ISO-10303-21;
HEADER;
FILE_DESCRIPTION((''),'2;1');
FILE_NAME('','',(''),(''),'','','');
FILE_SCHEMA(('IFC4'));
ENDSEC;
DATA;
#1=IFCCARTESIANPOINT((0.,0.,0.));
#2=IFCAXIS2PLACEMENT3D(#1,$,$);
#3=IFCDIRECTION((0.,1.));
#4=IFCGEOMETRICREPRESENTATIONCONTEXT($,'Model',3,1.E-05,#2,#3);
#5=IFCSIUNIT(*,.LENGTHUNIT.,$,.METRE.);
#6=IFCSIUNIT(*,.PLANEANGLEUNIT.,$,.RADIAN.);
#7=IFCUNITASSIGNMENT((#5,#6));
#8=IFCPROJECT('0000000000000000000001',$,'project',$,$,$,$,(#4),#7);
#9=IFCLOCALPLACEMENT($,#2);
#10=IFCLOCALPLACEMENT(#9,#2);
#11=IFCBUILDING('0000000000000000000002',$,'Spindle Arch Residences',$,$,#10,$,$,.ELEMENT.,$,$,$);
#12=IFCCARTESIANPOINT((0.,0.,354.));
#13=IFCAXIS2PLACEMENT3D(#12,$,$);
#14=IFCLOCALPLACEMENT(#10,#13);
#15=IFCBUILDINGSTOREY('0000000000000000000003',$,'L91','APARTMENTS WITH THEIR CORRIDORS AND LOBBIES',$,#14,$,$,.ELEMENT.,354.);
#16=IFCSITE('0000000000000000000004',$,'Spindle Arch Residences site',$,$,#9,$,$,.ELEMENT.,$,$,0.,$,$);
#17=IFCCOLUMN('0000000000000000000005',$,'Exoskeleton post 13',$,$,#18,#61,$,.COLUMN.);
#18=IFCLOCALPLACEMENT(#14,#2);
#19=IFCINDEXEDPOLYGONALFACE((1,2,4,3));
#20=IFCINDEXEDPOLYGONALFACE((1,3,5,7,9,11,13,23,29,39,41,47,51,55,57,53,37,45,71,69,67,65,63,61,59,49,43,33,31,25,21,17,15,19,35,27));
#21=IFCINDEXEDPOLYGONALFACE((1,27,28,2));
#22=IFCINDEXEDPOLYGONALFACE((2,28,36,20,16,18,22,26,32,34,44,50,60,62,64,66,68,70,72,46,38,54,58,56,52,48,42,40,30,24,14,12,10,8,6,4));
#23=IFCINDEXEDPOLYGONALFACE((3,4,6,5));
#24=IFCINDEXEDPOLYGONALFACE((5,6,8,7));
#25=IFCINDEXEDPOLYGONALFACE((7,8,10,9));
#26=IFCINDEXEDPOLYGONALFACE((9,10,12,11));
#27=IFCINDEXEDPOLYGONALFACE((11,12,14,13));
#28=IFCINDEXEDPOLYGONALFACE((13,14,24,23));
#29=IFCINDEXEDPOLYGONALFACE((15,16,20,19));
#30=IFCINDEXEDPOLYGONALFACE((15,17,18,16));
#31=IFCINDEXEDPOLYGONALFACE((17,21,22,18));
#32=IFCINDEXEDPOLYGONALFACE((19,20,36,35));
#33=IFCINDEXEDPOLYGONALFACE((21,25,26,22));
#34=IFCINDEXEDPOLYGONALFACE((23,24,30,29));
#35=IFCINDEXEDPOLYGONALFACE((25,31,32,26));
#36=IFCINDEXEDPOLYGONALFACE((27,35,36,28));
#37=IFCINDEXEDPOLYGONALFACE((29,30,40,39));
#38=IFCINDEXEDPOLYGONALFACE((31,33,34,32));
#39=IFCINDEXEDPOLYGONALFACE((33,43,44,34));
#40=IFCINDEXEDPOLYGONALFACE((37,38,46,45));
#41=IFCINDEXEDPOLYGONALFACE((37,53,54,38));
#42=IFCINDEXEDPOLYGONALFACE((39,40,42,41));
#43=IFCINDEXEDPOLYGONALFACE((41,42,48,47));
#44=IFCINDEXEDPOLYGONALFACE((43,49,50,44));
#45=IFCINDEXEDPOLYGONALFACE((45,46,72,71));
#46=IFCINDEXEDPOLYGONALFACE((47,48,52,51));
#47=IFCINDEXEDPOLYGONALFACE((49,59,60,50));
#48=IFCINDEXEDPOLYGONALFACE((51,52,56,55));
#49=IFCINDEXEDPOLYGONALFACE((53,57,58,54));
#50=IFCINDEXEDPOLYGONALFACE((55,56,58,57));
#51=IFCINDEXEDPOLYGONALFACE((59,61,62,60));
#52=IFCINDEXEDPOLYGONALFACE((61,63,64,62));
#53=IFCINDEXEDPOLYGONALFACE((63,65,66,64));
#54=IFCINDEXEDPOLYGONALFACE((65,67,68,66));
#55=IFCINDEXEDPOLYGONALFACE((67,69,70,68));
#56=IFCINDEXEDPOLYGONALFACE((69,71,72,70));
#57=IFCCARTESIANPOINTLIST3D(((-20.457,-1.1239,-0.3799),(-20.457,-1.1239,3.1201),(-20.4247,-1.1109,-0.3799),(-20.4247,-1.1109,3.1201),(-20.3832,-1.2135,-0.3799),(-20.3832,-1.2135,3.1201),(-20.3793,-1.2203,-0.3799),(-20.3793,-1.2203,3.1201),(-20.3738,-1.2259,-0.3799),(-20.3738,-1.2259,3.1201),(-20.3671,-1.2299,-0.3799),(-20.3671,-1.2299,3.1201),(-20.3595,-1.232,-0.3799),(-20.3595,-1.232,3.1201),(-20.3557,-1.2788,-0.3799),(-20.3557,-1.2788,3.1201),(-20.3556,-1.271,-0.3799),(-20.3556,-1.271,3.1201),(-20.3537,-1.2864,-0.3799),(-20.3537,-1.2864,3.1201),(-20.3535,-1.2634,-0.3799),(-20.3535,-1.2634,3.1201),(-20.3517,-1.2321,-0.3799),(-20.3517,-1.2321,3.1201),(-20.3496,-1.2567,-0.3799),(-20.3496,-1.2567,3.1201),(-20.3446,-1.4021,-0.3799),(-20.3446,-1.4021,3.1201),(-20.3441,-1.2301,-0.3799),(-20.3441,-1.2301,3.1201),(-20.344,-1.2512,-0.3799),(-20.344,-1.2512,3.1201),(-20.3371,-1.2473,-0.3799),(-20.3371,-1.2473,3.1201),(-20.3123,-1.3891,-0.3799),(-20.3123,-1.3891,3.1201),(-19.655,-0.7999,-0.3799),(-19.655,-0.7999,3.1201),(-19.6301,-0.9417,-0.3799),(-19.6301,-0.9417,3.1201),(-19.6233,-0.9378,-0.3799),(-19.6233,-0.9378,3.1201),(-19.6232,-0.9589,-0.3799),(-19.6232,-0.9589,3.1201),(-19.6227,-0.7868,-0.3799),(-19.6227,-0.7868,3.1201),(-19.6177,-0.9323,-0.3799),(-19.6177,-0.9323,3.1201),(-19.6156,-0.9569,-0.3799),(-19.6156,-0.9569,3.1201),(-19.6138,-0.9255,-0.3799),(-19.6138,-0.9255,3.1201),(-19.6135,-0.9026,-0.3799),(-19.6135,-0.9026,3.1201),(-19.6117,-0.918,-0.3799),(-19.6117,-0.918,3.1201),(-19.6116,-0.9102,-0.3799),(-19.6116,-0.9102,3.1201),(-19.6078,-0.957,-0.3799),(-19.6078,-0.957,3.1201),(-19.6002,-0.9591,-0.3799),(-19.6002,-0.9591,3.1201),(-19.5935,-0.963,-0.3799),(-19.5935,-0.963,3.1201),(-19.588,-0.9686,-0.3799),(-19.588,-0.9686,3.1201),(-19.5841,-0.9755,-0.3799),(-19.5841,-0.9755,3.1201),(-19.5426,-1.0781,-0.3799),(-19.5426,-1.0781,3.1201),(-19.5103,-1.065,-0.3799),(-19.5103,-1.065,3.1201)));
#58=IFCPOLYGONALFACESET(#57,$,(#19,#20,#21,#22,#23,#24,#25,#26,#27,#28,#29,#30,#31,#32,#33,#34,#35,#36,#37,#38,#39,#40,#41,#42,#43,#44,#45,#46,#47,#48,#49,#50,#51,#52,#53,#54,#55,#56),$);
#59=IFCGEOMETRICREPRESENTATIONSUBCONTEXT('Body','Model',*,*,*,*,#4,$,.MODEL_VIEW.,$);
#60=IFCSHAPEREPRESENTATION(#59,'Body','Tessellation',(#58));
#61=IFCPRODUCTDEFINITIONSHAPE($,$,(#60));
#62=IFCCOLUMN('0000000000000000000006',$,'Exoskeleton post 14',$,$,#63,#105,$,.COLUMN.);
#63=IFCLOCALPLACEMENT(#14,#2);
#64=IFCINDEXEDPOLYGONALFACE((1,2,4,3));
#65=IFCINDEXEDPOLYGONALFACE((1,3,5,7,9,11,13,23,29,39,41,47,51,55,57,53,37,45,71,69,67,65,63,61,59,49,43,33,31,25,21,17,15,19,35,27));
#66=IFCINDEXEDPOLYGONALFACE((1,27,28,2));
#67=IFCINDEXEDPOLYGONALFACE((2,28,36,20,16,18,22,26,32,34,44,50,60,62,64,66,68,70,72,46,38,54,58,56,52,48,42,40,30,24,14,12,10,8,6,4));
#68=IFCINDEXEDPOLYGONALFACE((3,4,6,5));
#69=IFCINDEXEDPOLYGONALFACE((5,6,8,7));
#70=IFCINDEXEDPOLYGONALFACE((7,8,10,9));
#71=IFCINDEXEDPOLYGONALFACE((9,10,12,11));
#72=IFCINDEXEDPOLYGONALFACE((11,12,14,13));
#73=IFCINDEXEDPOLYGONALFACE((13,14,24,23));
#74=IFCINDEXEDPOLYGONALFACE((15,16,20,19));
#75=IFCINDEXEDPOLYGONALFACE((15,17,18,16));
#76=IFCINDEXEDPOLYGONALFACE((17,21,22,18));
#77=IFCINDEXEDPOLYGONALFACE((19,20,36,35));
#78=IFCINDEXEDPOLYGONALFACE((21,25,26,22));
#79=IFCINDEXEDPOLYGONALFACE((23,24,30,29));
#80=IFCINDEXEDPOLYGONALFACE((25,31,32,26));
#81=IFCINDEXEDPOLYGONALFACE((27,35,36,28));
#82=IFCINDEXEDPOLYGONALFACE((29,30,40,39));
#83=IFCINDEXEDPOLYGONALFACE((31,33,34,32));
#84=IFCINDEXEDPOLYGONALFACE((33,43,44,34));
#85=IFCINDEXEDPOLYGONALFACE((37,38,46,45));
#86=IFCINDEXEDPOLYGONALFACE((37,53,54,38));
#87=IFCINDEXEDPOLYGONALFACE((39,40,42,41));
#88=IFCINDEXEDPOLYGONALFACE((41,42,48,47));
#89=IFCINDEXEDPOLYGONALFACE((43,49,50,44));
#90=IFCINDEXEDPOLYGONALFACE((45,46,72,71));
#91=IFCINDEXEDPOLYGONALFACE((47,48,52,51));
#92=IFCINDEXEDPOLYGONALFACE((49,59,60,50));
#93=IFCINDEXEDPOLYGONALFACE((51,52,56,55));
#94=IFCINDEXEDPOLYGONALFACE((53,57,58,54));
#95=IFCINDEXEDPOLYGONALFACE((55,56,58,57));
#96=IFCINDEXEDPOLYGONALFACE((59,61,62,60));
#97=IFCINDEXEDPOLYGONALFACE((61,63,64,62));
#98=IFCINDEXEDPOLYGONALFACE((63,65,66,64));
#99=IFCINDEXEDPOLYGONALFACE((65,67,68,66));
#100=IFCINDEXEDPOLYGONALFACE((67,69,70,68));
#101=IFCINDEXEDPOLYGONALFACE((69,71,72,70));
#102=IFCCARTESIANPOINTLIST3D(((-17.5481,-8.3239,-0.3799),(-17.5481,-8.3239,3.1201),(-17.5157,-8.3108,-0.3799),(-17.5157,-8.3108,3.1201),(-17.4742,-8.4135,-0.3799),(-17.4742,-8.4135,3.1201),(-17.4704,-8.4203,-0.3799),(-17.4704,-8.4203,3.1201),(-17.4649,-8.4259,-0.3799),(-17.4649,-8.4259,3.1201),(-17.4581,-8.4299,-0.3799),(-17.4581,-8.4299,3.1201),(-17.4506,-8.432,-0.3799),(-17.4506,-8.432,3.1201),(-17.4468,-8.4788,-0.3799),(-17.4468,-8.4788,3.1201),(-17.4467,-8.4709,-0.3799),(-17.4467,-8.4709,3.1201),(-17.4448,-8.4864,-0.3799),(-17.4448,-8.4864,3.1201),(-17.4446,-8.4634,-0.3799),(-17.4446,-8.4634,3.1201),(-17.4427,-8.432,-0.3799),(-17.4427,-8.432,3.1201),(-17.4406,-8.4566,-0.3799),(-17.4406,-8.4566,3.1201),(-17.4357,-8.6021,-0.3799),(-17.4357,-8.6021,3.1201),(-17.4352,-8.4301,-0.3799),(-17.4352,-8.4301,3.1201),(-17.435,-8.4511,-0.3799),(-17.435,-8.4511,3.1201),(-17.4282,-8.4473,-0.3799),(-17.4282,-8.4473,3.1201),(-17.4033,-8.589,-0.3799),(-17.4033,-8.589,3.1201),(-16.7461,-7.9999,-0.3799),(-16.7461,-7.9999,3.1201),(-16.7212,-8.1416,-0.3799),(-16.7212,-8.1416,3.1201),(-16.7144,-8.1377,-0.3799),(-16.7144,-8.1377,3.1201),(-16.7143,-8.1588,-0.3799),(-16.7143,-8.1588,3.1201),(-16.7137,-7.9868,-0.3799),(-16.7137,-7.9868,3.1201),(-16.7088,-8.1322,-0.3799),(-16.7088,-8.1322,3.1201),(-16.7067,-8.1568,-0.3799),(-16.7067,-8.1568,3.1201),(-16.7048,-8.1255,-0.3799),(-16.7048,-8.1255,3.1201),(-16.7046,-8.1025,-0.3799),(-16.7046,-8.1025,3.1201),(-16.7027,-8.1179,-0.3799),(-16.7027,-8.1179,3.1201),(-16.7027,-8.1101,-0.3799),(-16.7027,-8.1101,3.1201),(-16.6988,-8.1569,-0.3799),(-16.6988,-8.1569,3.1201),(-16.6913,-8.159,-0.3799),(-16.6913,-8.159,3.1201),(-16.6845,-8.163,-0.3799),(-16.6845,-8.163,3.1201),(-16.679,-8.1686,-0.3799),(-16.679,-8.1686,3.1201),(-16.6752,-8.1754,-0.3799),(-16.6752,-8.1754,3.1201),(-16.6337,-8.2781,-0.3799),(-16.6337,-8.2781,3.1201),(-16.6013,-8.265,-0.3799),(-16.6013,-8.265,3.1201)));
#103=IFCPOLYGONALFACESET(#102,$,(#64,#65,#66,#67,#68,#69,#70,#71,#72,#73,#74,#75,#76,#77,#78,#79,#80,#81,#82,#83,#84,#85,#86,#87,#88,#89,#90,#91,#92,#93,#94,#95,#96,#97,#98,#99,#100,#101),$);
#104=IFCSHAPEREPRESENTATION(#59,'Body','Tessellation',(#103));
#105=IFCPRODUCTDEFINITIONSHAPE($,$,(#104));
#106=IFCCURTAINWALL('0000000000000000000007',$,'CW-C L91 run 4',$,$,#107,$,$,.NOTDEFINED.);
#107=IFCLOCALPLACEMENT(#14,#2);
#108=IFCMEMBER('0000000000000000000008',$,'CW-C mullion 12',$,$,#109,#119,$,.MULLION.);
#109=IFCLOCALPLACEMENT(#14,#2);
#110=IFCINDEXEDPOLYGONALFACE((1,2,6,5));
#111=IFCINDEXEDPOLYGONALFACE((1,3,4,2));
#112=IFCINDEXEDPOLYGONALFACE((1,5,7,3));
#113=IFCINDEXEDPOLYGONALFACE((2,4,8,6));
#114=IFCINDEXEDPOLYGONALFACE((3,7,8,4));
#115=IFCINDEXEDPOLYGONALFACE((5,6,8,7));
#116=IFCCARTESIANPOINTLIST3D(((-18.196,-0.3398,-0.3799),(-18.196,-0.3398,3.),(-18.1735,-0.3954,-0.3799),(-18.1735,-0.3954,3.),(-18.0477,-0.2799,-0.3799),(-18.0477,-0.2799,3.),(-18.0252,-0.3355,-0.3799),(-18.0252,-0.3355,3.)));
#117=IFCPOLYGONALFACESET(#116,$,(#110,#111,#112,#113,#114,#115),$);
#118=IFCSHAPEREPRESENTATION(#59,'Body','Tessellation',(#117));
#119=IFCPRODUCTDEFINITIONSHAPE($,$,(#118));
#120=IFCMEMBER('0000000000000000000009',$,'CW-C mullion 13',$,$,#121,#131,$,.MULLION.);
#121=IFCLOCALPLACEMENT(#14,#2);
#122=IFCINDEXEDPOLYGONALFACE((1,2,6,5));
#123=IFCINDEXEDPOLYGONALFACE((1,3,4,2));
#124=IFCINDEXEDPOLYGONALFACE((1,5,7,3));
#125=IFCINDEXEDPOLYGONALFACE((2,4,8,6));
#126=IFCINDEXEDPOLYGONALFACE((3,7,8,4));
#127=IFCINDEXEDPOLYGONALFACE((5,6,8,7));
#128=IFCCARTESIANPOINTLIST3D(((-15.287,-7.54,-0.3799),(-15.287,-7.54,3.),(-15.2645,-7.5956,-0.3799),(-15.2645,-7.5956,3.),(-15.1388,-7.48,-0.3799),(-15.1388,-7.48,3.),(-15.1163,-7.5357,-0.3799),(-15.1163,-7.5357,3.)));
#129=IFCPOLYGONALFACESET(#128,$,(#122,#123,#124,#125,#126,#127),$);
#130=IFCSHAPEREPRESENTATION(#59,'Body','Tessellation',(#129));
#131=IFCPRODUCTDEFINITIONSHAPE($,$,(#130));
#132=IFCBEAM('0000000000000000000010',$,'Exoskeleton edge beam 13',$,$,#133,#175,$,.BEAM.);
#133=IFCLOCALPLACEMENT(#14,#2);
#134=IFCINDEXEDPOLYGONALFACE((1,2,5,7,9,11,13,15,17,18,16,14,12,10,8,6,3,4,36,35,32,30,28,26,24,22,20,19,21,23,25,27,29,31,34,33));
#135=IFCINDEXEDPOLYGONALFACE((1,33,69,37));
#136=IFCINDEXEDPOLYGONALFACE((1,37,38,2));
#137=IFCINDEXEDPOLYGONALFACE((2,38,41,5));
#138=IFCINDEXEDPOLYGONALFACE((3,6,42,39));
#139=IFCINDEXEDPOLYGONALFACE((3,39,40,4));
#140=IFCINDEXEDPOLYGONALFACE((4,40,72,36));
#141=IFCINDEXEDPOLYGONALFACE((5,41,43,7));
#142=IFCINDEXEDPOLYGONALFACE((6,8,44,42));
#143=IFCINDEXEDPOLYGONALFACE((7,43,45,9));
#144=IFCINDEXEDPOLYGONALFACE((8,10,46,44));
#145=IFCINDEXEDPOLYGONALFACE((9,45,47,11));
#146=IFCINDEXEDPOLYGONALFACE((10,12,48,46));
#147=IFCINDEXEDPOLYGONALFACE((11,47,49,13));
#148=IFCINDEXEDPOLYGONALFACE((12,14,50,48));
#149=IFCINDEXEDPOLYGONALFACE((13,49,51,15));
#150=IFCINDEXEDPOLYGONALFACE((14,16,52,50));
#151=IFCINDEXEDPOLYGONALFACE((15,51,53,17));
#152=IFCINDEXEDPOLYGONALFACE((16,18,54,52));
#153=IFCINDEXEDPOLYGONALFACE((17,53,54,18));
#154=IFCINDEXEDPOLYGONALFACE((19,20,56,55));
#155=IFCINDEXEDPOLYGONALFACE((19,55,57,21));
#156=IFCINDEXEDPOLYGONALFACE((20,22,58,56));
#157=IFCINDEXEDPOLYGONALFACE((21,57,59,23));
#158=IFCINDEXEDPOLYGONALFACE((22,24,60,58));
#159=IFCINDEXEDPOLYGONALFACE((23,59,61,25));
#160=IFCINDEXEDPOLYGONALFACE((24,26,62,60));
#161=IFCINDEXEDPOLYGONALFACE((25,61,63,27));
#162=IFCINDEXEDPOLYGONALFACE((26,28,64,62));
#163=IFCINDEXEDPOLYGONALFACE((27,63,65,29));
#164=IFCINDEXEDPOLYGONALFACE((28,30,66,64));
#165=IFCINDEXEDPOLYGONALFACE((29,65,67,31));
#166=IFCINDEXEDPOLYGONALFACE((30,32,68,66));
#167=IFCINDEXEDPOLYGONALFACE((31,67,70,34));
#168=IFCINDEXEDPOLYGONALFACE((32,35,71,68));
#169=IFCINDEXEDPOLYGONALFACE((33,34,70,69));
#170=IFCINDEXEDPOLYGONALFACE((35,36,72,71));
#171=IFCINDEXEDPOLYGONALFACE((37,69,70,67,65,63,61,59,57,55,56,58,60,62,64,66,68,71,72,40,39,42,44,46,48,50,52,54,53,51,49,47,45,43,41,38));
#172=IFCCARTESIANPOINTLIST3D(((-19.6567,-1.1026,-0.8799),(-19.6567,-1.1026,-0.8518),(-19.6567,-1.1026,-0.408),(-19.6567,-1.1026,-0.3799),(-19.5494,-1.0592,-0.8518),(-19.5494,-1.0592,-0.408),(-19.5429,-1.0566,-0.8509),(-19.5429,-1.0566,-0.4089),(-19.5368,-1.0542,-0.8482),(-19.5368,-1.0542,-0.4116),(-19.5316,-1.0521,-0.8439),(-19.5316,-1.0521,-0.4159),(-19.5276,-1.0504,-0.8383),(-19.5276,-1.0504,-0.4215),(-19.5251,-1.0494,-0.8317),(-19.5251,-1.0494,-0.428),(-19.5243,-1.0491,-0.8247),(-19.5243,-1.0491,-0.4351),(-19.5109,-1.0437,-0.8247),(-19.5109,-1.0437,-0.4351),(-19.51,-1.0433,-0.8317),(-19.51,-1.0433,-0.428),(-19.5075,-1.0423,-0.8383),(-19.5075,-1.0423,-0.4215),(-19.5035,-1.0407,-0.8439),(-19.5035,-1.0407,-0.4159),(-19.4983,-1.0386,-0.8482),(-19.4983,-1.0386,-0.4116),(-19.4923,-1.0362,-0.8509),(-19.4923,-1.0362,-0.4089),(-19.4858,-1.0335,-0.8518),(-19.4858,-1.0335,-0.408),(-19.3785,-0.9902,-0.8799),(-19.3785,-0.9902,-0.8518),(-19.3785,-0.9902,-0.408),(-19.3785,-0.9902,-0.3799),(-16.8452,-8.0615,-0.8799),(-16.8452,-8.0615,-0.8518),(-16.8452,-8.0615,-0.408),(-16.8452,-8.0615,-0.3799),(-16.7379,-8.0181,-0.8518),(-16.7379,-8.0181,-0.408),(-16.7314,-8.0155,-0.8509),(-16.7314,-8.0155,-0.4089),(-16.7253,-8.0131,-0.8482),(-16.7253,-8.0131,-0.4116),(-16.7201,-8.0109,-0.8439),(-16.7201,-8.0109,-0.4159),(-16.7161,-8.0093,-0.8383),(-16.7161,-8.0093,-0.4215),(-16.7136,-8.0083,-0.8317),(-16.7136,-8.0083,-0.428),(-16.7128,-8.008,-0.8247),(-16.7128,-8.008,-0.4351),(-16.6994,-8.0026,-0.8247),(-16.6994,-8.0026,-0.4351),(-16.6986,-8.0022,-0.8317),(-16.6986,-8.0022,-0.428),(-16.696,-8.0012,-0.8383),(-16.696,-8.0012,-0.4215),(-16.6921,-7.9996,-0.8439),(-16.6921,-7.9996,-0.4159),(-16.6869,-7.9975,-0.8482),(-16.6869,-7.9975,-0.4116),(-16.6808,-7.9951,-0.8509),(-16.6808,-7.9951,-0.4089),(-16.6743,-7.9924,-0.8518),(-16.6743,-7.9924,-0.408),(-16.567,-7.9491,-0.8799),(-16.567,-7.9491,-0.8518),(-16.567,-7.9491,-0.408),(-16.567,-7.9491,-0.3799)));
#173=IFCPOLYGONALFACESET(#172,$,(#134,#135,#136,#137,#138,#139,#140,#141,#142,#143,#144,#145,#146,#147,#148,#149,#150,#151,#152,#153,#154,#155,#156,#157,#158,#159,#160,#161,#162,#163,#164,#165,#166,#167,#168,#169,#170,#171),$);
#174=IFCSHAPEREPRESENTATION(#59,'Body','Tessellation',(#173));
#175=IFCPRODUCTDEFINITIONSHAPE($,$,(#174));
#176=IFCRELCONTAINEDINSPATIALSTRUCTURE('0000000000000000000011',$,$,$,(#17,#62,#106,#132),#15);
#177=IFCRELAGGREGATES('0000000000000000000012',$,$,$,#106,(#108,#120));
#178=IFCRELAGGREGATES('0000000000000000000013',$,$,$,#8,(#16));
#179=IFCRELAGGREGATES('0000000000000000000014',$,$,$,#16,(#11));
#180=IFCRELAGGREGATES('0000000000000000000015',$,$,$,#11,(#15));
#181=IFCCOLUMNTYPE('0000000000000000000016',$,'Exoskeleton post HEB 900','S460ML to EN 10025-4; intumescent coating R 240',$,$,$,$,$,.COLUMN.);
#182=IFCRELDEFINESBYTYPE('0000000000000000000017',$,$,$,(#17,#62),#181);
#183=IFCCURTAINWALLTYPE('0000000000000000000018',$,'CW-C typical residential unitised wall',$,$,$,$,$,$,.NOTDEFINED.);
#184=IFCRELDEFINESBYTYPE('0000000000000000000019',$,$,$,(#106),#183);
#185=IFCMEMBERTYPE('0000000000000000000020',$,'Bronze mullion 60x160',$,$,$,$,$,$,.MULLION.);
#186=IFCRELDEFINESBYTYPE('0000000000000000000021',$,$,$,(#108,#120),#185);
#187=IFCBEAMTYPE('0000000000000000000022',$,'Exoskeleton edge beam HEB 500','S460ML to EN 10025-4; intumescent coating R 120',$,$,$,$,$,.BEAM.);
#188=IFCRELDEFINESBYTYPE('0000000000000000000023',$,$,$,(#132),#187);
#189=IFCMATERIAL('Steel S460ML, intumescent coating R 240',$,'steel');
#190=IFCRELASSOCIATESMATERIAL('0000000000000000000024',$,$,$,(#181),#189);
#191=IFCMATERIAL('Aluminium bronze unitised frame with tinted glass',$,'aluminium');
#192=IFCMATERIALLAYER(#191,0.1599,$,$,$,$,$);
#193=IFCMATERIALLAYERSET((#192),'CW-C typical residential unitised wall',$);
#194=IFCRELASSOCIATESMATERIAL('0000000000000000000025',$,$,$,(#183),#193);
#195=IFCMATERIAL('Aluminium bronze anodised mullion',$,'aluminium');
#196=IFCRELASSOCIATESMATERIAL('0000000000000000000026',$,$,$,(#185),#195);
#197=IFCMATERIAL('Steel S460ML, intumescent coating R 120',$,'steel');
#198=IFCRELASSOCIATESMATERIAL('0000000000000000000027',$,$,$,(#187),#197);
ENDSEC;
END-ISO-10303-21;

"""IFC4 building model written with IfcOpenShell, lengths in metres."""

from ifc_helpers import new_model, si_unit, direction, frame, origin, origin_2d, place, context, subcontext, project, spatial, rectangle, i_section, extrude, material, layer, layer_set, material_profile, profile_set, type_object, element, aggregate, save


model = new_model("IFC4")

# Units and contexts
model_context = context("Model", 3, precision=1e-05, world=origin(), true_north=direction((0.0, 1.0)))
body_context = subcontext(model_context, "Body", "Model", "MODEL_VIEW")
ifc_project = project(units=[si_unit("LENGTHUNIT", "METRE"), si_unit("PLANEANGLEUNIT", "RADIAN")], contexts=[model_context])

# Site, building, storey
site_placement = place(None, origin())
site = spatial("IfcSite", under=ifc_project, at=site_placement, Name="Spindle Arch Residences site", CompositionType="ELEMENT", RefElevation=0.0)
building_placement = place(site_placement, origin())
building = spatial("IfcBuilding", under=site, at=building_placement, Name="Spindle Arch Residences", CompositionType="ELEMENT")
storey_placement = place(building_placement, frame((0.0, 0.0, 354.0)))
storey = spatial("IfcBuildingStorey", under=building, at=storey_placement, Name="L91", Description="APARTMENTS WITH THEIR CORRIDORS AND LOBBIES", CompositionType="ELEMENT", Elevation=354.0)

# Columns
ifc_material_1 = material(Name="Steel S460ML, intumescent coating R 240", Category="steel")
ifc_material_profile_1 = material_profile(ifc_material_1, i_section(OverallWidth=0.3, OverallDepth=0.8999, WebThickness=0.0186, FlangeThickness=0.0349, FilletRadius=0.03, at=origin_2d()), Name="HEB 900")
ifc_profile_set_1 = profile_set([ifc_material_profile_1], Name="Steel S460ML, intumescent coating R 240")
column_type = type_object("IfcColumnType", Name="Exoskeleton post HEB 900", Description="S460ML to EN 10025-4; intumescent coating R 240", PredefinedType="COLUMN", material=ifc_profile_set_1)
for number, where, z_axis, x_axis, name in (
    (1, (-19.9836, -1.0945, -0.3799), (0.0, 0.0, 1.0), (-0.374607, 0.927184, 0.0), "Exoskeleton post 13"),
    (2, (-17.0747, -8.2944, -0.3799), (0.0, 0.0, 1.0), (-0.374607, 0.927184, 0.0), "Exoskeleton post 14"),
):
    element("IfcColumn", number, at=place(storey_placement, frame(where, z_axis=z_axis, x_axis=x_axis)), inside=storey, type_object=column_type, Name=name, PredefinedType="COLUMN", context=body_context, shape_type="SweptSolid", body=[
        extrude(i_section(OverallWidth=0.3, OverallDepth=0.8999, WebThickness=0.0186, FlangeThickness=0.0349, FilletRadius=0.03, at=origin_2d()), origin(), (0.0, 0.0, 1.0), 3.5),
    ])

# Curtain wall, members
ifc_material_2 = material(Name="Aluminium bronze unitised frame with tinted glass", Category="aluminium")
ifc_layer_1 = layer(ifc_material_2, 0.1599)
ifc_layer_set_1 = layer_set([ifc_layer_1], Name="CW-C typical residential unitised wall")
curtain_wall_type = type_object("IfcCurtainWallType", Name="CW-C typical residential unitised wall", PredefinedType="NOTDEFINED", material=ifc_layer_set_1)
curtain_wall_placement = place(storey_placement, origin())
curtain_wall = element("IfcCurtainWall", 3, at=curtain_wall_placement, inside=storey, type_object=curtain_wall_type, Name="CW-C L91 run 4", PredefinedType="NOTDEFINED")
ifc_material_3 = material(Name="Aluminium bronze anodised mullion", Category="aluminium")
ifc_material_profile_2 = material_profile(ifc_material_3, rectangle(XDim=0.1599, YDim=0.0601, at=origin_2d()), Name="MU 60x160")
ifc_profile_set_2 = profile_set([ifc_material_profile_2], Name="Aluminium bronze anodised mullion")
member_type = type_object("IfcMemberType", Name="Bronze mullion 60x160", PredefinedType="MULLION", material=ifc_profile_set_2)
member_1_placement = place(storey_placement, frame((-18.1106, -0.3376, -0.3799), z_axis=(0.0, 0.0, 1.0), x_axis=(0.927184, 0.374607, 0.0)))
member_1 = element("IfcMember", 4, at=member_1_placement, type_object=member_type, Name="CW-C mullion 12", PredefinedType="MULLION", context=body_context, shape_type="SweptSolid", body=[
    extrude(rectangle(XDim=0.1599, YDim=0.0601, at=origin_2d()), origin(), (0.0, 0.0, 1.0), 3.3799),
])
member_2_placement = place(storey_placement, frame((-15.2017, -7.5378, -0.3799), z_axis=(0.0, 0.0, 1.0), x_axis=(0.927184, 0.374607, 0.0)))
member_2 = element("IfcMember", 5, at=member_2_placement, type_object=member_type, Name="CW-C mullion 13", PredefinedType="MULLION", context=body_context, shape_type="SweptSolid", body=[
    extrude(rectangle(XDim=0.1599, YDim=0.0601, at=origin_2d()), origin(), (0.0, 0.0, 1.0), 3.3799),
])

# Beam
ifc_material_4 = material(Name="Steel S460ML, intumescent coating R 120", Category="steel")
ifc_material_profile_3 = material_profile(ifc_material_4, i_section(OverallWidth=0.3, OverallDepth=0.5, WebThickness=0.0144, FlangeThickness=0.0281, FilletRadius=0.0271, at=origin_2d()), Name="HEB 500")
ifc_profile_set_3 = profile_set([ifc_material_profile_3], Name="Steel S460ML, intumescent coating R 120")
beam_type_1 = type_object("IfcBeamType", Name="Exoskeleton edge beam HEB 500", Description="S460ML to EN 10025-4; intumescent coating R 120", PredefinedType="BEAM", material=ifc_profile_set_3)
for number, where, z_axis, x_axis, name in (
    (6, (-19.5176, -1.0464, -0.6299), (0.374596, -0.927188, 0.0), (0.927188, 0.374596, 0.0), "Exoskeleton edge beam 13"),
):
    element("IfcBeam", number, at=place(storey_placement, frame(where, z_axis=z_axis, x_axis=x_axis)), inside=storey, type_object=beam_type_1, Name=name, PredefinedType="BEAM", context=body_context, shape_type="SweptSolid", body=[
        extrude(i_section(OverallWidth=0.3, OverallDepth=0.5, WebThickness=0.0144, FlangeThickness=0.0281, FilletRadius=0.0271, at=origin_2d()), origin(), (0.0, 0.0, 1.0), 7.5054),
    ])

aggregate(curtain_wall, [member_1, member_2])

save(model, "model.ifc")
